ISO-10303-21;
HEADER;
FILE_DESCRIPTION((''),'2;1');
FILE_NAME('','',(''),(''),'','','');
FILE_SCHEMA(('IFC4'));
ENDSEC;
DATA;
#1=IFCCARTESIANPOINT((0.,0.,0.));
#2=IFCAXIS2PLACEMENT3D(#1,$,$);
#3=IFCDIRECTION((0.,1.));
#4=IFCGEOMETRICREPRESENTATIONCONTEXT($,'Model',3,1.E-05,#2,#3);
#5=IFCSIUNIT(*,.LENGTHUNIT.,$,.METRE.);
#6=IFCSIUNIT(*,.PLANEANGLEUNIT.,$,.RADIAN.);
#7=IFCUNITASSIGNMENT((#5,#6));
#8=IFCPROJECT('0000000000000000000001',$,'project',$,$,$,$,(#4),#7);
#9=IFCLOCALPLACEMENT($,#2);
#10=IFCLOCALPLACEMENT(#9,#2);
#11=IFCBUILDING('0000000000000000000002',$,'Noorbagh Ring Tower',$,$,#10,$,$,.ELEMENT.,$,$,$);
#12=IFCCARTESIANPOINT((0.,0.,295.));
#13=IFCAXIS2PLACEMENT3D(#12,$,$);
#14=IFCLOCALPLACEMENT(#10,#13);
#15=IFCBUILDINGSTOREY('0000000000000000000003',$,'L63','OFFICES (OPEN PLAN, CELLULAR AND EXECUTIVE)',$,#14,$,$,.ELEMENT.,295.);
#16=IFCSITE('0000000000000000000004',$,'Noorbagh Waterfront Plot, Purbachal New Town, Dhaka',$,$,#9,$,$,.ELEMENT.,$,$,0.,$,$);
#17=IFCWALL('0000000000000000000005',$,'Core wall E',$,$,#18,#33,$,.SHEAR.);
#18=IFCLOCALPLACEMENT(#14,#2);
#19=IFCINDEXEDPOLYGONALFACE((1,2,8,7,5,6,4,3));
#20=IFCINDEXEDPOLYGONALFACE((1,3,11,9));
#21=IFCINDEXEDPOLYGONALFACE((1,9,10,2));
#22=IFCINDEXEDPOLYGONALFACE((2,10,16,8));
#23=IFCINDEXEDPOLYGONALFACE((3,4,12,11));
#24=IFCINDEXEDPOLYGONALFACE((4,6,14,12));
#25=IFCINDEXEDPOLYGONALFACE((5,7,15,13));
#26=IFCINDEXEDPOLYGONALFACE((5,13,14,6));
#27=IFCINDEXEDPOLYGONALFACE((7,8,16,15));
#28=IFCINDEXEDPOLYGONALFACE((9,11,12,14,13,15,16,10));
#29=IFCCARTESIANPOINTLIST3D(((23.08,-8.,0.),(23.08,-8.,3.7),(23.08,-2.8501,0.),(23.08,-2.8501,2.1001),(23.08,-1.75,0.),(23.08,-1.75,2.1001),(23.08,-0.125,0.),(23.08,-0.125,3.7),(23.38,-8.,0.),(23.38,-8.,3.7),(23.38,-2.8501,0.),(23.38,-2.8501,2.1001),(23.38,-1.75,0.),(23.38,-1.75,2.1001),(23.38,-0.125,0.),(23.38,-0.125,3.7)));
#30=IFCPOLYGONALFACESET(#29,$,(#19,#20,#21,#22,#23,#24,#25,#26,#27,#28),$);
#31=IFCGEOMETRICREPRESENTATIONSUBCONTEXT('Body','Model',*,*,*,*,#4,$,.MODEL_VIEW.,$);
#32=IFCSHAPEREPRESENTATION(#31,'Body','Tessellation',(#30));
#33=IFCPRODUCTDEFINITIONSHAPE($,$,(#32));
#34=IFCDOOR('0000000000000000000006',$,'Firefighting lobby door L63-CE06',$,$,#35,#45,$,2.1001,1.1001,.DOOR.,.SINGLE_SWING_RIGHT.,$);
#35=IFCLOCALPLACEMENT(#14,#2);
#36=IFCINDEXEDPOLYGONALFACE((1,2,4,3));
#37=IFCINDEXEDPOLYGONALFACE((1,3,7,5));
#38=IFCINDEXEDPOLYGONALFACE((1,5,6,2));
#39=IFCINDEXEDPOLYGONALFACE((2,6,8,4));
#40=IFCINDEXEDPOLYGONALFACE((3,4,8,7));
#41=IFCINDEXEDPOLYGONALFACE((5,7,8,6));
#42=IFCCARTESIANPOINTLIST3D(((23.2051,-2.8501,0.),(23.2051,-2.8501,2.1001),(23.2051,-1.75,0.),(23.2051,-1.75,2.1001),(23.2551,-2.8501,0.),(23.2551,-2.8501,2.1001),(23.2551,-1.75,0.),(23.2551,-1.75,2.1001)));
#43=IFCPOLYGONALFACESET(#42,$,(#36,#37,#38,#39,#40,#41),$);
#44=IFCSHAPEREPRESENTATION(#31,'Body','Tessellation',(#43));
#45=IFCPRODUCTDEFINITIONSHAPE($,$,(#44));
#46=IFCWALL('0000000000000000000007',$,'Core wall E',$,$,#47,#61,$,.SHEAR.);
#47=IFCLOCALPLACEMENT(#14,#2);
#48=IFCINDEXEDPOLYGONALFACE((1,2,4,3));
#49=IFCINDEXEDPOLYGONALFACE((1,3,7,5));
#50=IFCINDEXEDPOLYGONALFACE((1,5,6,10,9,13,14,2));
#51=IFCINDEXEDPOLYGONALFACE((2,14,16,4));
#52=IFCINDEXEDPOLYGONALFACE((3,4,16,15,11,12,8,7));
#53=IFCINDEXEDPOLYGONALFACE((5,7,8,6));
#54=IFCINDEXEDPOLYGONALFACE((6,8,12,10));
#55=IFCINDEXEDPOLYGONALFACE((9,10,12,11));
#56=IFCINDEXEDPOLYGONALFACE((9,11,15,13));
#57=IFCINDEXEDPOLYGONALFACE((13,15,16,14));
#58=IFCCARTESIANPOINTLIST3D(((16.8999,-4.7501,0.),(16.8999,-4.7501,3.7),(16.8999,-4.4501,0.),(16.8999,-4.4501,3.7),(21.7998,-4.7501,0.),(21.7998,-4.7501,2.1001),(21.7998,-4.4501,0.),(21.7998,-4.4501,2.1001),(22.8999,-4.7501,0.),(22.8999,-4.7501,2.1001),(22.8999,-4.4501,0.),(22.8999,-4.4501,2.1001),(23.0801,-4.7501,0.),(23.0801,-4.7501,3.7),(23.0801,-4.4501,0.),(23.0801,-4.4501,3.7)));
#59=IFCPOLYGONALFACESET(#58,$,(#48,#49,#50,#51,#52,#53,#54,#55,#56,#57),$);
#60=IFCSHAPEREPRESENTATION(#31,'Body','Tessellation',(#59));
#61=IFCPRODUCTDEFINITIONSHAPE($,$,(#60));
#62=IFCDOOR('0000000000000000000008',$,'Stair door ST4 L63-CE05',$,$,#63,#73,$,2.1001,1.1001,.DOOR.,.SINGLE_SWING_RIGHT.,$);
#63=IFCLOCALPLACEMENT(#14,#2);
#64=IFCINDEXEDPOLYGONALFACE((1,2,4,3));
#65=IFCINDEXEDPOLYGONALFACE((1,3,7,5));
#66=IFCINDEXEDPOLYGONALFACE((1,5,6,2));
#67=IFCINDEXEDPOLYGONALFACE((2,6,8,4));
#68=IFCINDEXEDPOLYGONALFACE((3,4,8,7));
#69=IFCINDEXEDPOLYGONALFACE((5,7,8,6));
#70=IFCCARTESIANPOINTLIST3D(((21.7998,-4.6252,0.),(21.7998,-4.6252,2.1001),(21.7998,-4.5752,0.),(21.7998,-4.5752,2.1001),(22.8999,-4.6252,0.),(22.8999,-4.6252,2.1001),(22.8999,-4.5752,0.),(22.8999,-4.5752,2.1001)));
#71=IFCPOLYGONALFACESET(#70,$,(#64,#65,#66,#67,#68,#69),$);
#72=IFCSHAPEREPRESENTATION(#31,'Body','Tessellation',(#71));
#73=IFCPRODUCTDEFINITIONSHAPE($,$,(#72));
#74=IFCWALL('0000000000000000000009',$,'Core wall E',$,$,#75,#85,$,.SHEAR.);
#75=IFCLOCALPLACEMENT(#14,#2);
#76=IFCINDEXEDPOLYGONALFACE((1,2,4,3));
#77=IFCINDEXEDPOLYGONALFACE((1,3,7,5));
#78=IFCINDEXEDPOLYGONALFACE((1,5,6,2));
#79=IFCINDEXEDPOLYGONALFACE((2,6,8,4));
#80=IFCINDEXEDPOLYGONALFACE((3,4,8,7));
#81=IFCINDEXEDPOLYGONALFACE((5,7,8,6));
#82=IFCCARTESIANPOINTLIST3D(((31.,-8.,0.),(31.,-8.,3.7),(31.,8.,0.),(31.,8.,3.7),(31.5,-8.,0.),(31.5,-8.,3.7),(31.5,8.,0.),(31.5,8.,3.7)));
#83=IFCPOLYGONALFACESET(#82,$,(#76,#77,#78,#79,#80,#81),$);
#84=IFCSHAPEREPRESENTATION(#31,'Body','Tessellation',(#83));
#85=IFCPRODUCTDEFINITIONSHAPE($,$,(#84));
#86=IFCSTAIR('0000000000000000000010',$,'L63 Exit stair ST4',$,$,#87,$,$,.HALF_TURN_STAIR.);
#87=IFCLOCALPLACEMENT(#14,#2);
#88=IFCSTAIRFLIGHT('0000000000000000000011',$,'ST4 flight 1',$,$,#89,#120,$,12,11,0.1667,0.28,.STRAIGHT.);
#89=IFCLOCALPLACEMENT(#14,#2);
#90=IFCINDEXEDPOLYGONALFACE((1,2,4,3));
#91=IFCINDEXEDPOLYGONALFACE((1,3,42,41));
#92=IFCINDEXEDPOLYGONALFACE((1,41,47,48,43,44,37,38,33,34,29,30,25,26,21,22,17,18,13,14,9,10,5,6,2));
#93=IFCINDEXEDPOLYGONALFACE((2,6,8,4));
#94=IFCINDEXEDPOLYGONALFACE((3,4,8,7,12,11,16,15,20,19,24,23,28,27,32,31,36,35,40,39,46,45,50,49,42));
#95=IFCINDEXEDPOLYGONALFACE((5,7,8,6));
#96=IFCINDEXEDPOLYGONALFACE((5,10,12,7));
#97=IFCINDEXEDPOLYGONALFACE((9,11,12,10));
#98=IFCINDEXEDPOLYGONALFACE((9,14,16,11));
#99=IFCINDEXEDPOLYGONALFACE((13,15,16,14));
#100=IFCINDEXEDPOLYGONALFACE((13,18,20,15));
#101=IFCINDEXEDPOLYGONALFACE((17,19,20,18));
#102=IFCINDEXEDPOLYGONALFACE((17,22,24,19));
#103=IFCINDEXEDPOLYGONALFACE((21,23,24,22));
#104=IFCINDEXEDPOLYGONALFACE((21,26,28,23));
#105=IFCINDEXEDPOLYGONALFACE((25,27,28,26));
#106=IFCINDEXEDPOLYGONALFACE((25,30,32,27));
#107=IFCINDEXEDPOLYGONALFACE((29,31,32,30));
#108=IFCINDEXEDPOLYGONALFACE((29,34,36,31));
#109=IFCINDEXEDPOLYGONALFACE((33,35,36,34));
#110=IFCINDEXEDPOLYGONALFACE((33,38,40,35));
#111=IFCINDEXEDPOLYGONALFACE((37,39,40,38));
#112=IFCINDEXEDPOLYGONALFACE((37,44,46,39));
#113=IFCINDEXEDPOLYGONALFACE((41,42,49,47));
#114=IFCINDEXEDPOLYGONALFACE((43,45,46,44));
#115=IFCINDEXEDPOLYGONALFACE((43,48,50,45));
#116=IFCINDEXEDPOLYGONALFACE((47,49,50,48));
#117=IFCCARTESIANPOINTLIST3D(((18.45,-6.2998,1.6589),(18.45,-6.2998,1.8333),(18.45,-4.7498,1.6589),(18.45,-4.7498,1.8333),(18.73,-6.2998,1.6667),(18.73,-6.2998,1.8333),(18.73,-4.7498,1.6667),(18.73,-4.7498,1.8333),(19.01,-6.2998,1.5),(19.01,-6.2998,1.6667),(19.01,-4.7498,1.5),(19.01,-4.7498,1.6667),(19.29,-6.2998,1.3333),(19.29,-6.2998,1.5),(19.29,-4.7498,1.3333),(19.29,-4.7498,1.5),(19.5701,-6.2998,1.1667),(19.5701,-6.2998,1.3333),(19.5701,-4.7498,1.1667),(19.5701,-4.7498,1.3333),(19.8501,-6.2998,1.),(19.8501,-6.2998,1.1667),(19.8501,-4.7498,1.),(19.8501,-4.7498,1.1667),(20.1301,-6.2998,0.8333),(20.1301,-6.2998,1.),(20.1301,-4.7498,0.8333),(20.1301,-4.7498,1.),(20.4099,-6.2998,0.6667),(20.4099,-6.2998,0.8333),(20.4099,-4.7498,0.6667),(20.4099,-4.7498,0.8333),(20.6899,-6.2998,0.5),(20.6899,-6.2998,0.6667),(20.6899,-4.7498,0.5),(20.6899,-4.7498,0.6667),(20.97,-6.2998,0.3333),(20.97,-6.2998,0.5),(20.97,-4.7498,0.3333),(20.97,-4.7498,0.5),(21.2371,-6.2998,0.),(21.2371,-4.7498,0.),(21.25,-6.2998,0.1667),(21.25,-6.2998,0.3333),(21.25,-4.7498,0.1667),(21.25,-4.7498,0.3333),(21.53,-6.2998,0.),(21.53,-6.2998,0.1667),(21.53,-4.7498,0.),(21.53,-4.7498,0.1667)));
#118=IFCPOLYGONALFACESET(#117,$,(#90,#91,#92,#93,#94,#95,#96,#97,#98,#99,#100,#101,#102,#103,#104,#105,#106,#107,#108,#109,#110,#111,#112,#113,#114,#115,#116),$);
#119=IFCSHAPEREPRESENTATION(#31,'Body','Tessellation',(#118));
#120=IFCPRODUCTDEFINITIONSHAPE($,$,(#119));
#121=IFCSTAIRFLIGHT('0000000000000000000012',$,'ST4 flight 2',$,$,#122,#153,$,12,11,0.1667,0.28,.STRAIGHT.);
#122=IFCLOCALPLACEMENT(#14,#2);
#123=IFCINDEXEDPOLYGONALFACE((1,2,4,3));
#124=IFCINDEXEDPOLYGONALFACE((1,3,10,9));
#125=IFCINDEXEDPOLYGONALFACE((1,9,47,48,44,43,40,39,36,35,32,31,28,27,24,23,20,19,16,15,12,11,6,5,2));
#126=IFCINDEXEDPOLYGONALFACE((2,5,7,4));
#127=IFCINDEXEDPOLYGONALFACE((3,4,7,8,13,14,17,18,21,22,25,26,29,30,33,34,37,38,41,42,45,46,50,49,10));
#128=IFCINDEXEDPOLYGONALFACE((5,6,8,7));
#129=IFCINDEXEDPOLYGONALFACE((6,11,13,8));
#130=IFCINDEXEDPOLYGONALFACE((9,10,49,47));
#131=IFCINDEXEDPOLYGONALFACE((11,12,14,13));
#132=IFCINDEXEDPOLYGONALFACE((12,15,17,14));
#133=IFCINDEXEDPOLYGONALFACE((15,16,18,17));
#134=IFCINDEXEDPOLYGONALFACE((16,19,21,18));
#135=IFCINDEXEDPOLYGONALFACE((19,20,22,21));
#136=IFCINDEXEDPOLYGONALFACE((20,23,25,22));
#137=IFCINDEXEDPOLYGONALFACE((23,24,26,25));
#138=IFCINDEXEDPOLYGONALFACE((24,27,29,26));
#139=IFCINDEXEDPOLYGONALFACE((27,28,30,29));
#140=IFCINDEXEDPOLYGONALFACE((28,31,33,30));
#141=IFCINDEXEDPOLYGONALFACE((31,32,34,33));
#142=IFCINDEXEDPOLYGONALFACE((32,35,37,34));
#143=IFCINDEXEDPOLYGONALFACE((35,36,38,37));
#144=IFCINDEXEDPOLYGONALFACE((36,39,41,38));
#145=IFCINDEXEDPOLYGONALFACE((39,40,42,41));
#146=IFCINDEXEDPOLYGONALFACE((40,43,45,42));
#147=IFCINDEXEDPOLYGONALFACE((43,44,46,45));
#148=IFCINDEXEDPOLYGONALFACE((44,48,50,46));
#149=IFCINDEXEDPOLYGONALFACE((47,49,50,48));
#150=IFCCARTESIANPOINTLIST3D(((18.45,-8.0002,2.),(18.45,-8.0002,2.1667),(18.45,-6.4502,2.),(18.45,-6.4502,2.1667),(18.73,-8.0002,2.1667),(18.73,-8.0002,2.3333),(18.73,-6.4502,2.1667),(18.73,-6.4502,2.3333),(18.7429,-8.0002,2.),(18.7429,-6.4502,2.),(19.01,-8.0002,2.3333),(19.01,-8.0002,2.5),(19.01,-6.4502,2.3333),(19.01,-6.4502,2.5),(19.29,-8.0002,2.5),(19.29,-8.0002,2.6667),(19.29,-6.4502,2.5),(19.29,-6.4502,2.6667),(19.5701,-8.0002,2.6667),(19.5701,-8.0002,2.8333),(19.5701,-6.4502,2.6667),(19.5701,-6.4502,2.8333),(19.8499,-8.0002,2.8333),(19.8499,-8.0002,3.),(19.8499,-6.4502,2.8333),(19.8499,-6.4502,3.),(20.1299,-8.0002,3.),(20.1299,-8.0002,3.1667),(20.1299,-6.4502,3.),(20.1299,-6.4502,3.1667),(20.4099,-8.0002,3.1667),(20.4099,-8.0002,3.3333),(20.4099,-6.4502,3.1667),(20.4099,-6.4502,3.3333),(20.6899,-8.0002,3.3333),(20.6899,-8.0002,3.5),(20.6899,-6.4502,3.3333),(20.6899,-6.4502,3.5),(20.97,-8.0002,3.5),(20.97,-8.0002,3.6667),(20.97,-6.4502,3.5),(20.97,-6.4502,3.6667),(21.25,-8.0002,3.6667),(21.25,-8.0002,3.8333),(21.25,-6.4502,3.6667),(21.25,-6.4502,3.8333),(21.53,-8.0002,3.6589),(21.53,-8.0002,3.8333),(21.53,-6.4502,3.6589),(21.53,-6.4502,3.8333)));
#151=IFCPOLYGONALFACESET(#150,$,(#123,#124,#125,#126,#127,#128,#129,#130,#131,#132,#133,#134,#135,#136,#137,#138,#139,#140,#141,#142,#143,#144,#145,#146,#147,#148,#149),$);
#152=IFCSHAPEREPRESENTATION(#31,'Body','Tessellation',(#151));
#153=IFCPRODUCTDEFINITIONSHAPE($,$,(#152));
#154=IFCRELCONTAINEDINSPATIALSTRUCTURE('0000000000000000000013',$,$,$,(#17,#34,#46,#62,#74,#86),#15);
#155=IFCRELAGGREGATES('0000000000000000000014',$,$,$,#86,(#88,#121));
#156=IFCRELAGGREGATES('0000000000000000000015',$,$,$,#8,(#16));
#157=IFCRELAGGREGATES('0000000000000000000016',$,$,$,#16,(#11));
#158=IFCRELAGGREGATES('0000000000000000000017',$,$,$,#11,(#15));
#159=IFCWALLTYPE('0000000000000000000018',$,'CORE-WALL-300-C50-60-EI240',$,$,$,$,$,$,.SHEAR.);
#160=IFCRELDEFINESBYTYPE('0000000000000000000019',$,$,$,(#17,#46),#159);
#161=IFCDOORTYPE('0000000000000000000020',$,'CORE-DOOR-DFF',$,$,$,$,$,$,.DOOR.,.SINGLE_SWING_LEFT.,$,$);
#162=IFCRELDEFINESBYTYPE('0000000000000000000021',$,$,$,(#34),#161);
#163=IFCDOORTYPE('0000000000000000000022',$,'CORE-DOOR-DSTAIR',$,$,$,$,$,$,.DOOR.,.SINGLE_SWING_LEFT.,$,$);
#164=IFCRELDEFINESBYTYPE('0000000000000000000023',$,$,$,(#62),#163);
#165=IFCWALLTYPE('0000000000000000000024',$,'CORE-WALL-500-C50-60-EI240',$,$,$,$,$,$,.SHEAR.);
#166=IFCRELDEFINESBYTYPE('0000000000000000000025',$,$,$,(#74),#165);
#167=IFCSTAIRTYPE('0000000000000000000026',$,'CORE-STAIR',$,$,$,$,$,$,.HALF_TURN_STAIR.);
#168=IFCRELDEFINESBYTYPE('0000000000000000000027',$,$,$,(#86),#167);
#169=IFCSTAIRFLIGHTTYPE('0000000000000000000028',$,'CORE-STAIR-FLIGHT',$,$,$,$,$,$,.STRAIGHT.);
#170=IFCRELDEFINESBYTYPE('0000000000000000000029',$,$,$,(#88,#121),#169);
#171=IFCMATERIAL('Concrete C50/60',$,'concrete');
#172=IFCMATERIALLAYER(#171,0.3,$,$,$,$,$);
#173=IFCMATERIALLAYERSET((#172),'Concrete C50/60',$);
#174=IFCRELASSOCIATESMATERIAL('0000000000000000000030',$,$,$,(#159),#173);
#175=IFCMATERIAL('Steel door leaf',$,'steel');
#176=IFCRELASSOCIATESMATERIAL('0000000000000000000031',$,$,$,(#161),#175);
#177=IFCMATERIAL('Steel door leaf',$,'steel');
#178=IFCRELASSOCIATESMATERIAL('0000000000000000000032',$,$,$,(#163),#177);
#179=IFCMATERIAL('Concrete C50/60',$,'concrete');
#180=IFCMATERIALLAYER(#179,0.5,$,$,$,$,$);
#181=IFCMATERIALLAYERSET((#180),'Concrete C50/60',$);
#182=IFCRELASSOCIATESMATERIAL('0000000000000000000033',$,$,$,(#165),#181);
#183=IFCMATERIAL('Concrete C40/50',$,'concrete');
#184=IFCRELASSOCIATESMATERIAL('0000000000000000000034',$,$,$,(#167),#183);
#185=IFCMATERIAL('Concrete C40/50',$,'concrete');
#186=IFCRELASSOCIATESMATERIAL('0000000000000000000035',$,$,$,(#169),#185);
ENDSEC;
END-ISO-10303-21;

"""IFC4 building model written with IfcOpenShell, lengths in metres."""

from ifc_helpers import new_model, si_unit, direction, frame, frame_2d, origin, place, context, subcontext, project, spatial, polyline, rectangle, outline, extrude, material, layer, layer_set, type_object, element, fill, aggregate, save


model = new_model("IFC4")

# Units and contexts
model_context = context("Model", 3, precision=1e-05, world=origin(), true_north=direction((0.0, 1.0)))
body_context = subcontext(model_context, "Body", "Model", "MODEL_VIEW")
ifc_project = project(units=[si_unit("LENGTHUNIT", "METRE"), si_unit("PLANEANGLEUNIT", "RADIAN")], contexts=[model_context])

# Site, building, storey
site_placement = place(None, origin())
site = spatial("IfcSite", under=ifc_project, at=site_placement, Name="Noorbagh Waterfront Plot, Purbachal New Town, Dhaka", CompositionType="ELEMENT", RefElevation=0.0)
building_placement = place(site_placement, origin())
building = spatial("IfcBuilding", under=site, at=building_placement, Name="Noorbagh Ring Tower", CompositionType="ELEMENT")
storey_placement = place(building_placement, frame((0.0, 0.0, 295.0)))
storey = spatial("IfcBuildingStorey", under=building, at=storey_placement, Name="L63", Description="OFFICES (OPEN PLAN, CELLULAR AND EXECUTIVE)", CompositionType="ELEMENT", Elevation=295.0)

# Walls, openings, doors
ifc_material_1 = material(Name="Concrete C50/60", Category="concrete")
ifc_layer_1 = layer(ifc_material_1, 0.3)
ifc_layer_set_1 = layer_set([ifc_layer_1], Name="Concrete C50/60")
wall_type_1 = type_object("IfcWallType", Name="CORE-WALL-300-C50-60-EI240", PredefinedType="SHEAR", material=ifc_layer_set_1)
wall_1_placement = place(storey_placement, frame((23.23, -8.0, 0.0), z_axis=(0.0, 0.0, 1.0), x_axis=(0.0, 1.0, 0.0)))
wall_1 = element("IfcWall", 1, at=wall_1_placement, inside=storey, type_object=wall_type_1, Name="Core wall E", PredefinedType="SHEAR", context=body_context, shape_type="SweptSolid", body=[
    extrude(rectangle(XDim=7.875, YDim=0.3, at=frame_2d((3.9375, 0.0))), origin(), (0.0, 0.0, 1.0), 3.7),
])
opening_1_placement = place(wall_1_placement, frame((5.1499, 0.0, 0.0)))
opening_1 = element("IfcOpeningElement", 2, at=opening_1_placement, cuts=wall_1, PredefinedType="OPENING", context=body_context, shape_type="SweptSolid", body=[
    extrude(rectangle(XDim=1.1001, YDim=2.1001, at=frame_2d((0.55, 1.05))), frame((0.0, 0.1602, 0.0), z_axis=(0.0, -1.0, 0.0), x_axis=(1.0, 0.0, 0.0)), (0.0, 0.0, 1.0), 0.3201),
])
ifc_material_2 = material(Name="Steel door leaf", Category="steel")
door_type_1 = type_object("IfcDoorType", Name="CORE-DOOR-DFF", OperationType="SINGLE_SWING_LEFT", PredefinedType="DOOR", material=ifc_material_2)
door_1_placement = place(opening_1_placement, origin())
door_1 = element("IfcDoor", 3, at=door_1_placement, inside=storey, type_object=door_type_1, Name="Firefighting lobby door L63-CE06", OperationType="SINGLE_SWING_RIGHT", OverallHeight=2.1001, OverallWidth=1.1001, PredefinedType="DOOR", context=body_context, shape_type="SweptSolid", body=[
    extrude(rectangle(XDim=1.1001, YDim=2.1001, at=frame_2d((0.55, 1.05))), frame((0.0, 0.0249, 0.0), z_axis=(0.0, -1.0, 0.0), x_axis=(1.0, 0.0, 0.0)), (0.0, 0.0, 1.0), 0.05),
])
fill(opening_1, door_1)
wall_2_placement = place(storey_placement, frame((16.8999, -4.6001, 0.0), z_axis=(0.0, 0.0, 1.0), x_axis=(1.0, 0.0, 0.0)))
wall_2 = element("IfcWall", 4, at=wall_2_placement, inside=storey, type_object=wall_type_1, Name="Core wall E", PredefinedType="SHEAR", context=body_context, shape_type="SweptSolid", body=[
    extrude(rectangle(XDim=6.1802, YDim=0.3, at=frame_2d((3.0901, 0.0))), origin(), (0.0, 0.0, 1.0), 3.7),
])
opening_2_placement = place(wall_2_placement, frame((4.8999, 0.0, 0.0)))
opening_2 = element("IfcOpeningElement", 5, at=opening_2_placement, cuts=wall_2, PredefinedType="OPENING", context=body_context, shape_type="SweptSolid", body=[
    extrude(rectangle(XDim=1.1001, YDim=2.1001, at=frame_2d((0.55, 1.05))), frame((0.0, 0.1602, 0.0), z_axis=(0.0, -1.0, 0.0), x_axis=(1.0, 0.0, 0.0)), (0.0, 0.0, 1.0), 0.3201),
])
ifc_material_3 = material(Name="Steel door leaf", Category="steel")
door_type_2 = type_object("IfcDoorType", Name="CORE-DOOR-DSTAIR", OperationType="SINGLE_SWING_LEFT", PredefinedType="DOOR", material=ifc_material_3)
door_2_placement = place(opening_2_placement, origin())
door_2 = element("IfcDoor", 6, at=door_2_placement, inside=storey, type_object=door_type_2, Name="Stair door ST4 L63-CE05", OperationType="SINGLE_SWING_RIGHT", OverallHeight=2.1001, OverallWidth=1.1001, PredefinedType="DOOR", context=body_context, shape_type="SweptSolid", body=[
    extrude(rectangle(XDim=1.1001, YDim=2.1001, at=frame_2d((0.55, 1.05))), frame((0.0, 0.0249, 0.0), z_axis=(0.0, -1.0, 0.0), x_axis=(1.0, 0.0, 0.0)), (0.0, 0.0, 1.0), 0.05),
])
fill(opening_2, door_2)

# Wall
ifc_material_4 = material(Name="Concrete C50/60", Category="concrete")
ifc_layer_2 = layer(ifc_material_4, 0.5)
ifc_layer_set_2 = layer_set([ifc_layer_2], Name="Concrete C50/60")
wall_type_2 = type_object("IfcWallType", Name="CORE-WALL-500-C50-60-EI240", PredefinedType="SHEAR", material=ifc_layer_set_2)
wall_3_placement = place(storey_placement, frame((31.25, -8.0, 0.0), z_axis=(0.0, 0.0, 1.0), x_axis=(0.0, 1.0, 0.0)))
element("IfcWall", 7, at=wall_3_placement, inside=storey, type_object=wall_type_2, Name="Core wall E", PredefinedType="SHEAR", context=body_context, shape_type="SweptSolid", body=[
    extrude(rectangle(XDim=16.0, YDim=0.5, at=frame_2d((8.0, 0.0))), origin(), (0.0, 0.0, 1.0), 3.7),
])

# Stair, stair flights
ifc_material_5 = material(Name="Concrete C40/50", Category="concrete")
stair_type = type_object("IfcStairType", Name="CORE-STAIR", PredefinedType="HALF_TURN_STAIR", material=ifc_material_5)
stair_placement = place(storey_placement, origin())
stair = element("IfcStair", 8, at=stair_placement, inside=storey, type_object=stair_type, Name="L63 Exit stair ST4", PredefinedType="HALF_TURN_STAIR")
ifc_material_6 = material(Name="Concrete C40/50", Category="concrete")
stair_flight_type = type_object("IfcStairFlightType", Name="CORE-STAIR-FLIGHT", PredefinedType="STRAIGHT", material=ifc_material_6)
stair_flight_1_placement = place(storey_placement, frame((21.53, -5.5249, 0.0), z_axis=(0.0, 0.0, 1.0), x_axis=(-1.0, 0.0, 0.0)))
stair_flight_1 = element("IfcStairFlight", 9, at=stair_flight_1_placement, type_object=stair_flight_type, Name="ST4 flight 1", NumberOfRisers=12, NumberOfTreads=11, PredefinedType="STRAIGHT", RiserHeight=0.1667, TreadLength=0.28, context=body_context, shape_type="SweptSolid", body=[
    extrude(outline(polyline([(0.0, 0.0), (0.0, 0.1667), (0.28, 0.1667), (0.28, 0.3333), (0.5601, 0.3333), (0.5601, 0.5), (0.8401, 0.5), (0.8401, 0.6667), (1.1201, 0.6667), (1.1201, 0.8333), (1.3999, 0.8333), (1.3999, 1.0), (1.6799, 1.0), (1.6799, 1.1667), (1.96, 1.1667), (1.96, 1.3333), (2.24, 1.3333), (2.24, 1.5), (2.52, 1.5), (2.52, 1.6667), (2.8, 1.6667), (2.8, 1.8333), (3.0801, 1.8333), (3.0801, 2.0), (3.0801, 1.6589), (0.293, 0.0), (0.0, 0.0)])), frame((0.0, 0.7749, 0.0), z_axis=(0.0, -1.0, 0.0), x_axis=(1.0, 0.0, 0.0)), (0.0, 0.0, 1.0), 1.55),
])
stair_flight_2_placement = place(storey_placement, frame((18.45, -7.2251, 2.0), z_axis=(0.0, 0.0, 1.0), x_axis=(1.0, 0.0, 0.0)))
stair_flight_2 = element("IfcStairFlight", 10, at=stair_flight_2_placement, type_object=stair_flight_type, Name="ST4 flight 2", NumberOfRisers=12, NumberOfTreads=11, PredefinedType="STRAIGHT", RiserHeight=0.1667, TreadLength=0.28, context=body_context, shape_type="SweptSolid", body=[
    extrude(outline(polyline([(0.0, 0.0), (0.0, 0.1667), (0.28, 0.1667), (0.28, 0.3333), (0.5601, 0.3333), (0.5601, 0.5), (0.8401, 0.5), (0.8401, 0.6667), (1.1201, 0.6667), (1.1201, 0.8333), (1.3999, 0.8333), (1.3999, 1.0), (1.6799, 1.0), (1.6799, 1.1667), (1.96, 1.1667), (1.96, 1.3333), (2.24, 1.3333), (2.24, 1.5), (2.52, 1.5), (2.52, 1.6667), (2.8, 1.6667), (2.8, 1.8333), (3.0801, 1.8333), (3.0801, 2.0), (3.0801, 1.6589), (0.293, 0.0), (0.0, 0.0)])), frame((0.0, 0.7749, 0.0), z_axis=(0.0, -1.0, 0.0), x_axis=(1.0, 0.0, 0.0)), (0.0, 0.0, 1.0), 1.55),
])
aggregate(stair, [stair_flight_1, stair_flight_2])

save(model, "model.ifc")
